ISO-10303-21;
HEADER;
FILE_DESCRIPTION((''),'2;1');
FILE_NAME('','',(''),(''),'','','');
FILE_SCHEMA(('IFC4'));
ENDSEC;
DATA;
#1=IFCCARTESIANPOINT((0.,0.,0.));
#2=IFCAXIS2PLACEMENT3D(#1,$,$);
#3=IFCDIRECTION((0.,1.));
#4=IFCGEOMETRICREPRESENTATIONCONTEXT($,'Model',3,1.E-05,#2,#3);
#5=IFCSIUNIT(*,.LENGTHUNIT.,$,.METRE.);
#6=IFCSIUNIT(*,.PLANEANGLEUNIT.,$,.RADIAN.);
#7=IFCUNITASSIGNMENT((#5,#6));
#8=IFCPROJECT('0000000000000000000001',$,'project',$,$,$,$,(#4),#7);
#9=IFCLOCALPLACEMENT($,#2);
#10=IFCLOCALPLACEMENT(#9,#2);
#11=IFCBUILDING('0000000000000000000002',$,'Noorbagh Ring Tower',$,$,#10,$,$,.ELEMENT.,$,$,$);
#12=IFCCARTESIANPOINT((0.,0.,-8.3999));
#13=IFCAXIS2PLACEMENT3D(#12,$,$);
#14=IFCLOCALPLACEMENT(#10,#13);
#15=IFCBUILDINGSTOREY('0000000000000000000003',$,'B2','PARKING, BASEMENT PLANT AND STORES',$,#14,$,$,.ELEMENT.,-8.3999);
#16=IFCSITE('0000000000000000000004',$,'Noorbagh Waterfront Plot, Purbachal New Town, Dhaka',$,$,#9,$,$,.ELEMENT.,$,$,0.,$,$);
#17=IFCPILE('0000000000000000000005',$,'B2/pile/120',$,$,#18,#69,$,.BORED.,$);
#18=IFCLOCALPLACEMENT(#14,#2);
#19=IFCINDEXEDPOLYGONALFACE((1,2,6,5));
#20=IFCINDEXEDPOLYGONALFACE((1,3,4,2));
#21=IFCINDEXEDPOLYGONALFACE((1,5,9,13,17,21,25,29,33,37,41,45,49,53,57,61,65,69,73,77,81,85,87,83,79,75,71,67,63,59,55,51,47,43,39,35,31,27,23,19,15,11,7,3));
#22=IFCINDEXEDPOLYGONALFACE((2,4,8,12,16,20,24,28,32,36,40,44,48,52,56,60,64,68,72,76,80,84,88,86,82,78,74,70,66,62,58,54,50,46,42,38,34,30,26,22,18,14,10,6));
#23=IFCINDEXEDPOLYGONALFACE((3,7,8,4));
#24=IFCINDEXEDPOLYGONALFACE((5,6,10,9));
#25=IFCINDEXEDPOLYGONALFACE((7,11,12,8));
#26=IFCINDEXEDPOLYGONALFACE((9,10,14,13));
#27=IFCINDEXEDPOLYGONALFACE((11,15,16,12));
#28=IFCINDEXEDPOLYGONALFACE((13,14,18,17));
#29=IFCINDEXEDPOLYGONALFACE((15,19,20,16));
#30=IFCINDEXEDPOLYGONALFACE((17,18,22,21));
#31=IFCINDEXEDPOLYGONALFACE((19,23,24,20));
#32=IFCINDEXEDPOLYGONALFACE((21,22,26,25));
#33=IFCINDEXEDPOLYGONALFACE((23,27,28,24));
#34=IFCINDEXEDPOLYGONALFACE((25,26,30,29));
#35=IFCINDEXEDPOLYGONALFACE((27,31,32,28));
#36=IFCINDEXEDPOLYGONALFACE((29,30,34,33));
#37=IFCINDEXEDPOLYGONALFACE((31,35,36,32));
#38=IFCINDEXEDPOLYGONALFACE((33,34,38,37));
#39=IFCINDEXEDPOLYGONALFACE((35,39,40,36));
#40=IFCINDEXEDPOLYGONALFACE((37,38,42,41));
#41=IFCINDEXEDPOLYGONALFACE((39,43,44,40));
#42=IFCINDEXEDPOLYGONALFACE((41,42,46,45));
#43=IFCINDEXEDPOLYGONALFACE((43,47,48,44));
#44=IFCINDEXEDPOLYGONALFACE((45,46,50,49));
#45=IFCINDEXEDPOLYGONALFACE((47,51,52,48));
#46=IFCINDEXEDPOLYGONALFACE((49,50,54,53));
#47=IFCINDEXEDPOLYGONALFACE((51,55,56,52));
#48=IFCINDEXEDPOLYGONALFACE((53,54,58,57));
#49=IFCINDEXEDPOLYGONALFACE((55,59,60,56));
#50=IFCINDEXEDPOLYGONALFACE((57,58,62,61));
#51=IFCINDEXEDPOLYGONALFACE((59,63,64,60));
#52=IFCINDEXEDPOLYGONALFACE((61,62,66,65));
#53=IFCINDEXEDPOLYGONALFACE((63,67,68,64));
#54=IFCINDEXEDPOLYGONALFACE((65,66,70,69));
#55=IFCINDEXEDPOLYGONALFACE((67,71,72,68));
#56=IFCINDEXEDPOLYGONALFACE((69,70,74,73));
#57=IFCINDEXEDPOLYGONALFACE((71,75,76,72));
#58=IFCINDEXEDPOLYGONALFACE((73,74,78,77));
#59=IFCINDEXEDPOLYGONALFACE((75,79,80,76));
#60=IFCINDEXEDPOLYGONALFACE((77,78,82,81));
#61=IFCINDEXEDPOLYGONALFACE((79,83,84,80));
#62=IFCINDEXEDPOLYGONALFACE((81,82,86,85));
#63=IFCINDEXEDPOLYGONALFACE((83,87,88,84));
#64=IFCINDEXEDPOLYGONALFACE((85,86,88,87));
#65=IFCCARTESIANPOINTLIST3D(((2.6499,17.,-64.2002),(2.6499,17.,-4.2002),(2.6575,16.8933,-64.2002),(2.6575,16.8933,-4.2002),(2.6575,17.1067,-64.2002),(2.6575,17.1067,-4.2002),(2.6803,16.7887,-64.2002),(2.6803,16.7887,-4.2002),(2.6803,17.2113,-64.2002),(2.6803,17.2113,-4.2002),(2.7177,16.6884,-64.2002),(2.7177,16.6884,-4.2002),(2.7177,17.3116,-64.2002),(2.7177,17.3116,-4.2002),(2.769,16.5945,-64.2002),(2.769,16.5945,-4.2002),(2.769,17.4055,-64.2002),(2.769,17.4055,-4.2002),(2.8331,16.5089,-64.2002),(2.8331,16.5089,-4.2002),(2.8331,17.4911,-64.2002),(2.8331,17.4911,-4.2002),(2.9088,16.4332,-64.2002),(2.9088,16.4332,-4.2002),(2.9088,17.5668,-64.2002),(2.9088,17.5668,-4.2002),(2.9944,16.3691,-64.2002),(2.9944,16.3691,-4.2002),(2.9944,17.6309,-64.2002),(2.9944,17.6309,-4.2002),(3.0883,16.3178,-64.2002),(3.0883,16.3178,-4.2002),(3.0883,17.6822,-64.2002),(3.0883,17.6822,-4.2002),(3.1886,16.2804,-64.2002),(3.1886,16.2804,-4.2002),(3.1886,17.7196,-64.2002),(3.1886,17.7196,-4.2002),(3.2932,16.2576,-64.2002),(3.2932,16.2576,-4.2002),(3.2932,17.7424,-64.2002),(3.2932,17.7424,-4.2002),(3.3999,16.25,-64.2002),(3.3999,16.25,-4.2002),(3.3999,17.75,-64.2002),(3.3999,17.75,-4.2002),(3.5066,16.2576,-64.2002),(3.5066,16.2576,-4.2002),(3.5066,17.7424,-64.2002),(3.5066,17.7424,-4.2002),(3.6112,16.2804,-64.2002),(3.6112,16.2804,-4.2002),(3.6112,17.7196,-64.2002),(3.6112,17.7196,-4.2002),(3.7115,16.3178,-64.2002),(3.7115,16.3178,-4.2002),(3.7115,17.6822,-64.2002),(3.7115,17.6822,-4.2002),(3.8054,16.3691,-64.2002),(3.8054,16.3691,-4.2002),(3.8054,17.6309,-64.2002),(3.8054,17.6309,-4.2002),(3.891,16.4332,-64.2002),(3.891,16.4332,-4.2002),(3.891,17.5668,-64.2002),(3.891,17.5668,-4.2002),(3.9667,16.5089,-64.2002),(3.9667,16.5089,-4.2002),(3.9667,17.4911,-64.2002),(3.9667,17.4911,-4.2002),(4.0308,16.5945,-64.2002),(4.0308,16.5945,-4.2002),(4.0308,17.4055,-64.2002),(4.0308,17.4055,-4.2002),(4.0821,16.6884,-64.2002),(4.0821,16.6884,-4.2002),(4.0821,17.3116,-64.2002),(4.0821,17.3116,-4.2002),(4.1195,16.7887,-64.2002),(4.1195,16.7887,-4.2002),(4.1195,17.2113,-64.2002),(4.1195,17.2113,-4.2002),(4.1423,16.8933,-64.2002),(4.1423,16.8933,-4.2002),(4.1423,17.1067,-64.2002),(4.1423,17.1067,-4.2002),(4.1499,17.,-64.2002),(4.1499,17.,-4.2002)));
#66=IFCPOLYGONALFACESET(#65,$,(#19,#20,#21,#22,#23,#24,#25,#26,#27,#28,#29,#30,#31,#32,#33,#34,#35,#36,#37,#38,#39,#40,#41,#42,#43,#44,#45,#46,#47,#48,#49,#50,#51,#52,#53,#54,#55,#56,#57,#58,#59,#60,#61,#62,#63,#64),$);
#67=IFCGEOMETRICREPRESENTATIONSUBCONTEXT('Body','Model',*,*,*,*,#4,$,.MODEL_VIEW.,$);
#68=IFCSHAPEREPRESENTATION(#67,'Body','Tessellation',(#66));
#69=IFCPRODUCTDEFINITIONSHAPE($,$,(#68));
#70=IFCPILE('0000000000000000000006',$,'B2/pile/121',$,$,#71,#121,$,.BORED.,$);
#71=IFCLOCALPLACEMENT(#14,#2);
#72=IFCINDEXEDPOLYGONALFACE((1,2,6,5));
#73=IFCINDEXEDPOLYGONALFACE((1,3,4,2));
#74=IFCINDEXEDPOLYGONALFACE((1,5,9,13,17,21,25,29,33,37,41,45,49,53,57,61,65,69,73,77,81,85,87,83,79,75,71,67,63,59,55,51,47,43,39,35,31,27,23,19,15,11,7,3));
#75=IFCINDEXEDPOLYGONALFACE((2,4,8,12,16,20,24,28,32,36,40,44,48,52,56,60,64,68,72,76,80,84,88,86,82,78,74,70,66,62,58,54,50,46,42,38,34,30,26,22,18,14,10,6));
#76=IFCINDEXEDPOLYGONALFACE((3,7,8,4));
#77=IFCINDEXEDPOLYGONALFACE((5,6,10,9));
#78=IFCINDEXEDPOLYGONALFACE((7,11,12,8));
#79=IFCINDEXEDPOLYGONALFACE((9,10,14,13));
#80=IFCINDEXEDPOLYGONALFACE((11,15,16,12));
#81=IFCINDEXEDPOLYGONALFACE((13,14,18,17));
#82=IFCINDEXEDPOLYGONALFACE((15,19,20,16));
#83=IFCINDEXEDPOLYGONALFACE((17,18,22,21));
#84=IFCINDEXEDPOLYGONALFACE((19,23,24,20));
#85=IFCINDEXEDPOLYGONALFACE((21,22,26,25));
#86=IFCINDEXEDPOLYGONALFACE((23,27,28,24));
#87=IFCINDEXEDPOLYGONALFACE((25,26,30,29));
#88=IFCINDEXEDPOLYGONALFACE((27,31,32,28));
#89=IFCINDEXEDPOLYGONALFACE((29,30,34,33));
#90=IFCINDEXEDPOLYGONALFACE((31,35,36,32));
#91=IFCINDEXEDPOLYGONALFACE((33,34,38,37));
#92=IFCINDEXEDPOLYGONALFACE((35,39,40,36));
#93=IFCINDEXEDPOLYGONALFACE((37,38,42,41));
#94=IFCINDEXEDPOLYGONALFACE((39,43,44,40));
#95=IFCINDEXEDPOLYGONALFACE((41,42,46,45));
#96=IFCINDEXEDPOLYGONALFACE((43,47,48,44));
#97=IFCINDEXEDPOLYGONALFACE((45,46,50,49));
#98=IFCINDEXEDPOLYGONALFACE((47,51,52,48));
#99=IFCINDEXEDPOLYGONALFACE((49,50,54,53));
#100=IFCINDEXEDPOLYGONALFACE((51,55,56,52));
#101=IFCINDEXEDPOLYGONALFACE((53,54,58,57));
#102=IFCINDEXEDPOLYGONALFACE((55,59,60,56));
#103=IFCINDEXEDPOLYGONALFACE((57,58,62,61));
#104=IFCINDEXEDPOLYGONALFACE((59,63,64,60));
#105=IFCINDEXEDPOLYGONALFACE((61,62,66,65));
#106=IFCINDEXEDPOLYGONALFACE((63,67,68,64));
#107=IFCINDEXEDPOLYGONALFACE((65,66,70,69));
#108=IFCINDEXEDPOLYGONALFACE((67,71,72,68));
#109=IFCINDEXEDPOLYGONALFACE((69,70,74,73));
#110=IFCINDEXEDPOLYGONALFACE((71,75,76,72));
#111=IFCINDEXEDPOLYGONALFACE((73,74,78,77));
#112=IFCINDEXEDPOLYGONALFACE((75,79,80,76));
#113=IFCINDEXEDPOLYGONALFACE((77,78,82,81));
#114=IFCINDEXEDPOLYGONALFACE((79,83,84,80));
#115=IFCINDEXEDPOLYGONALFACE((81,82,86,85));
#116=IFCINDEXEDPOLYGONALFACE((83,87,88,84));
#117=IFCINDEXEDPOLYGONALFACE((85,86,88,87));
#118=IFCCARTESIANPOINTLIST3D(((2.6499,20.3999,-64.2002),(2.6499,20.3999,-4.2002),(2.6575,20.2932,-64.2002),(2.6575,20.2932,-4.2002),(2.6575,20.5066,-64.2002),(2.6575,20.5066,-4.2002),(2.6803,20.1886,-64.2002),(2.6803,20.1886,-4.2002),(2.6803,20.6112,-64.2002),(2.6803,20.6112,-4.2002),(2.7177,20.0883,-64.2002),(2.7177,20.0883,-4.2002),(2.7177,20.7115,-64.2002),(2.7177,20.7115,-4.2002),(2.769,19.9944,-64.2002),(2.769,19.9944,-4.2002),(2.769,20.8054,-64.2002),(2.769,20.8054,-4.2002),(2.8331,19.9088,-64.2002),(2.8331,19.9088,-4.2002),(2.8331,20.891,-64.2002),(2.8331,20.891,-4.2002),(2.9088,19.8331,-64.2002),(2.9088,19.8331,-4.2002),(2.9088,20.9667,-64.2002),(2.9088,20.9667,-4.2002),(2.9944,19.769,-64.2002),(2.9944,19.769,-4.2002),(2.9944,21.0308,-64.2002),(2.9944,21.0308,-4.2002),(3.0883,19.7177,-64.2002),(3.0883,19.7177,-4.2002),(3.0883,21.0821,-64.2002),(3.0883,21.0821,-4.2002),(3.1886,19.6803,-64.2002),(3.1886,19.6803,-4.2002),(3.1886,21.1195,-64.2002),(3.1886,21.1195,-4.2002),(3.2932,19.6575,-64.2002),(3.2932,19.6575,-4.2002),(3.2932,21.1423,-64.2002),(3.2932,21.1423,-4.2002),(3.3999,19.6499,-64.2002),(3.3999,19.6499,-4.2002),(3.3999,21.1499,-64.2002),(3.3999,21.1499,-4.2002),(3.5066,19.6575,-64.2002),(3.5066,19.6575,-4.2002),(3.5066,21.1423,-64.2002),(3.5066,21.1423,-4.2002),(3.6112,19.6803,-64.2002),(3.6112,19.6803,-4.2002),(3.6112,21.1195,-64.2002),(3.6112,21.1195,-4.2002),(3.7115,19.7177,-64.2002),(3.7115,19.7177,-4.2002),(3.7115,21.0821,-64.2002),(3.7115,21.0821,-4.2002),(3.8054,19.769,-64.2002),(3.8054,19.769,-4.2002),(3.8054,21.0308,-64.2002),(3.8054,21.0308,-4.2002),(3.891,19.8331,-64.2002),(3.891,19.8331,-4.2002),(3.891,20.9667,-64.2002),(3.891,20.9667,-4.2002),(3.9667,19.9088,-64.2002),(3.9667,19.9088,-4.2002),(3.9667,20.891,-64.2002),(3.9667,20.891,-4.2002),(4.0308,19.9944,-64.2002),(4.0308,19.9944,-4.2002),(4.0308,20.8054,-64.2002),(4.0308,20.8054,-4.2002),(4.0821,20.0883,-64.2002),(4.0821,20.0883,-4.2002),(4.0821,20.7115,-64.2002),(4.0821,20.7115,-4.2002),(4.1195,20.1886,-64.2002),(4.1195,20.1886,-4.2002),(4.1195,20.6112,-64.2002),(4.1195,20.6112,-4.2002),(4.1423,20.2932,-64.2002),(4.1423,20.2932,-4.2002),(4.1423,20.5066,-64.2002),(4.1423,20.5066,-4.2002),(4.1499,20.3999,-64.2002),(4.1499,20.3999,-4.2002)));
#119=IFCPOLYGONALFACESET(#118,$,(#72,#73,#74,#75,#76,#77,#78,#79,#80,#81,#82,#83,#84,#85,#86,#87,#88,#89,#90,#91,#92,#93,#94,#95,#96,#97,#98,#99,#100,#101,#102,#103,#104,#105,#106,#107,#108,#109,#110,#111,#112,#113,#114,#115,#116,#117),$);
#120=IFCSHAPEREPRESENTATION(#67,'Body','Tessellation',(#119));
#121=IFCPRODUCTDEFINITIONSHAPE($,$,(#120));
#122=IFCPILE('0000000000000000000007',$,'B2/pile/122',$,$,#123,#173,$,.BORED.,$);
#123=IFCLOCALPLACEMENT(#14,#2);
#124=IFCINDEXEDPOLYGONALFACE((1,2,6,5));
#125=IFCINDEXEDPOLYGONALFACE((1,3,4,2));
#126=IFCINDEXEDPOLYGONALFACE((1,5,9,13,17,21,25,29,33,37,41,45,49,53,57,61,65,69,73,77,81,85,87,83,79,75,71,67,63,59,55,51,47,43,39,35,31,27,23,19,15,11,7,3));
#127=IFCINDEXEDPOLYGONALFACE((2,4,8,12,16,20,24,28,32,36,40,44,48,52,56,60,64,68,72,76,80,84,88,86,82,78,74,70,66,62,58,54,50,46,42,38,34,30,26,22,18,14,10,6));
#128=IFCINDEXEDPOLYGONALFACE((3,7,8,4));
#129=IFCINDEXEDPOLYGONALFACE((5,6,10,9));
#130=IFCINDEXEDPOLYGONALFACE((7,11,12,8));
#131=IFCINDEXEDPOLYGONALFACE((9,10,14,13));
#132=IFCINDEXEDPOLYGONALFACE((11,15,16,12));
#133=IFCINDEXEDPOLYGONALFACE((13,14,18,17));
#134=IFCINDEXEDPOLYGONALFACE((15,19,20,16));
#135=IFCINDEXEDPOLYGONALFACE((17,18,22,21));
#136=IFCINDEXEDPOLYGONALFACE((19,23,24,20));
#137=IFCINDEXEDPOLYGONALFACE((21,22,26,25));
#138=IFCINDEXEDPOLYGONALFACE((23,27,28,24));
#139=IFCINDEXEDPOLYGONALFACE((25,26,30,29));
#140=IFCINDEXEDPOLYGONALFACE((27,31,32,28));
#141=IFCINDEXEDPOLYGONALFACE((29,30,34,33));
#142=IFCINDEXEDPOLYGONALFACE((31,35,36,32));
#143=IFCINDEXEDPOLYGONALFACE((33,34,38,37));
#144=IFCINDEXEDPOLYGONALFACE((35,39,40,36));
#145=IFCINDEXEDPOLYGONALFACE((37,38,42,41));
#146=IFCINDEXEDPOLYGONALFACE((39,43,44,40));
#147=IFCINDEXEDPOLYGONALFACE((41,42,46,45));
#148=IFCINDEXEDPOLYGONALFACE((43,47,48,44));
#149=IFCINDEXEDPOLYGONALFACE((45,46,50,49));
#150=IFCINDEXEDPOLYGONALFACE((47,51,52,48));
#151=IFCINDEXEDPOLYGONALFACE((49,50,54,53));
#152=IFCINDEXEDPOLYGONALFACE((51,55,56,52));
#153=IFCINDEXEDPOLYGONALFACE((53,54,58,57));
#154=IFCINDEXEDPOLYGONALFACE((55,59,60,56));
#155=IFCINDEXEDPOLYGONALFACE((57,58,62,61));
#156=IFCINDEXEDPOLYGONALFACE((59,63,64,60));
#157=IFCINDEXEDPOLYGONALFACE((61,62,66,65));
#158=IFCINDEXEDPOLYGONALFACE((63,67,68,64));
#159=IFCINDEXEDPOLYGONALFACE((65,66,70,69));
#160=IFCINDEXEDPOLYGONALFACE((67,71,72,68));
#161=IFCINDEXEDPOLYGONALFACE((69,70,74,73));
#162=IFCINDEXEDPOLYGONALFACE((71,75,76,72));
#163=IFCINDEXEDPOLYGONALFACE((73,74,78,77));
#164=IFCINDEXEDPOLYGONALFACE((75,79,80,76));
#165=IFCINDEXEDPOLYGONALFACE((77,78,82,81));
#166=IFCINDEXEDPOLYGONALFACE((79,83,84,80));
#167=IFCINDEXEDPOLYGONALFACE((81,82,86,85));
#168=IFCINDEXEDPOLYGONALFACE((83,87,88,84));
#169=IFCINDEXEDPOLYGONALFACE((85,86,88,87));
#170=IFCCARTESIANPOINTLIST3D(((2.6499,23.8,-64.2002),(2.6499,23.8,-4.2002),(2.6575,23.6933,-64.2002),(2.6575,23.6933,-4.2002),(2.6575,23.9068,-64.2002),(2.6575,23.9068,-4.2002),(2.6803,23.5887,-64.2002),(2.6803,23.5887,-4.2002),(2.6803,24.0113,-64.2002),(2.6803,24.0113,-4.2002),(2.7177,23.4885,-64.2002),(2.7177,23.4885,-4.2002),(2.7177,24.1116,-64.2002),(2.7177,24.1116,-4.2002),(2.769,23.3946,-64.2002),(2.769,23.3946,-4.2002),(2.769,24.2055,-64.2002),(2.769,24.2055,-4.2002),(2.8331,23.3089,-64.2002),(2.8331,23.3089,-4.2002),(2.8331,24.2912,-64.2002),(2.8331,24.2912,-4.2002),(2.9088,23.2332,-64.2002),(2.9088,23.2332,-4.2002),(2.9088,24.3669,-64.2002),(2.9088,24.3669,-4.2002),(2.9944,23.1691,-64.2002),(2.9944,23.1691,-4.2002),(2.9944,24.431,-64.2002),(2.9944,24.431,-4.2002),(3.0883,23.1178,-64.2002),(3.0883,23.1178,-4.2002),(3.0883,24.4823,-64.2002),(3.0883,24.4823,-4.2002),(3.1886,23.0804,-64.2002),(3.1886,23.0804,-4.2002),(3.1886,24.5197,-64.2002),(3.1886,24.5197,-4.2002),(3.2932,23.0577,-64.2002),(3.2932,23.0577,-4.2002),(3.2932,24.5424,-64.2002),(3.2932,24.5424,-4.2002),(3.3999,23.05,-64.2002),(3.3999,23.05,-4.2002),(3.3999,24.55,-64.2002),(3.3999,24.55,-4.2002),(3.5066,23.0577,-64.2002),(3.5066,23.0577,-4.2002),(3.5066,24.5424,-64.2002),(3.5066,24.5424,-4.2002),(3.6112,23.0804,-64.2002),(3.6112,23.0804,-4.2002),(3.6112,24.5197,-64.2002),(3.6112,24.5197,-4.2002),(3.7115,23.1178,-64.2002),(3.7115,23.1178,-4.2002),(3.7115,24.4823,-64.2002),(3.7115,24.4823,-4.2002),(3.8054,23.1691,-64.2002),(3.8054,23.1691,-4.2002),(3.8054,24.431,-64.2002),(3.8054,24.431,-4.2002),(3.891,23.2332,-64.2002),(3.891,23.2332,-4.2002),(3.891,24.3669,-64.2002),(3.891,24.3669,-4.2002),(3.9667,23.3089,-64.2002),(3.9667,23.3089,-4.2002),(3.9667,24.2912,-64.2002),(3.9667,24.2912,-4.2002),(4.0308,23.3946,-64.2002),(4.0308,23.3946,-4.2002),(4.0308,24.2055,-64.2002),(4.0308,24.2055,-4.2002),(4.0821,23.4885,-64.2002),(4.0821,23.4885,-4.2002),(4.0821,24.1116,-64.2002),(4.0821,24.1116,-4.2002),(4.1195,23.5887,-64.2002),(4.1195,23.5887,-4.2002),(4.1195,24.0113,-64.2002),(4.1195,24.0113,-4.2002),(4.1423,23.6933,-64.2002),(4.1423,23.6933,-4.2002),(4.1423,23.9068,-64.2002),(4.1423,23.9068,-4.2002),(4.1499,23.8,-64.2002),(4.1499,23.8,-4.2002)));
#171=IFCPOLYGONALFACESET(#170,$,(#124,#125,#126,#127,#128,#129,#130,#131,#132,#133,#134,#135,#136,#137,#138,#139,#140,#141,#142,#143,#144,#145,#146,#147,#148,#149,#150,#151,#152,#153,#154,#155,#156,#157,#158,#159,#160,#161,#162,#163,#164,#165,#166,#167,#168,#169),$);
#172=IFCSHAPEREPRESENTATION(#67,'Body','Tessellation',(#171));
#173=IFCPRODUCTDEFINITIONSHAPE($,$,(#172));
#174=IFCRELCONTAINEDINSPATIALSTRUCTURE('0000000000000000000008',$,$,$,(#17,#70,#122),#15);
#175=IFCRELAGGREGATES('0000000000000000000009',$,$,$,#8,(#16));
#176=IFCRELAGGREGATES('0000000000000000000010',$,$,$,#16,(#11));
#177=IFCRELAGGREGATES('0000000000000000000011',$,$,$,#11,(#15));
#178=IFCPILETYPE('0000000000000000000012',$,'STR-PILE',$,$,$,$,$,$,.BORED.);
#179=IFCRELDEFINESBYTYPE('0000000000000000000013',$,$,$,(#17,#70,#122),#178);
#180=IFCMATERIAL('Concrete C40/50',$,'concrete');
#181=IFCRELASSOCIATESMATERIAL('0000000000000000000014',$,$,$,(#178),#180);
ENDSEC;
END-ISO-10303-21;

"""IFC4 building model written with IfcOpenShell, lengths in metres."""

from ifc_helpers import new_model, si_unit, direction, frame, origin, origin_2d, place, context, subcontext, project, spatial, circle, extrude, material, material_profile, profile_set, type_object, element, save


model = new_model("IFC4")

# Units and contexts
model_context = context("Model", 3, precision=1e-05, world=origin(), true_north=direction((0.0, 1.0)))
body_context = subcontext(model_context, "Body", "Model", "MODEL_VIEW")
ifc_project = project(units=[si_unit("LENGTHUNIT", "METRE"), si_unit("PLANEANGLEUNIT", "RADIAN")], contexts=[model_context])

# Site, building, storey
site_placement = place(None, origin())
site = spatial("IfcSite", under=ifc_project, at=site_placement, Name="Noorbagh Waterfront Plot, Purbachal New Town, Dhaka", CompositionType="ELEMENT", RefElevation=0.0)
building_placement = place(site_placement, origin())
building = spatial("IfcBuilding", under=site, at=building_placement, Name="Noorbagh Ring Tower", CompositionType="ELEMENT")
storey_placement = place(building_placement, frame((0.0, 0.0, -8.3999)))
storey = spatial("IfcBuildingStorey", under=building, at=storey_placement, Name="B2", Description="PARKING, BASEMENT PLANT AND STORES", CompositionType="ELEMENT", Elevation=-8.3999)

# Piles
ifc_material_1 = material(Name="Concrete C40/50", Category="concrete")
ifc_material_profile_1 = material_profile(ifc_material_1, circle(Radius=0.75, at=origin_2d()), Name="PILE1500")
ifc_profile_set_1 = profile_set([ifc_material_profile_1], Name="Concrete C40/50")
pile_type = type_object("IfcPileType", Name="STR-PILE", PredefinedType="BORED", material=ifc_profile_set_1)
for number, where, z_axis, x_axis, name in (
    (1, (3.3999, 17.0, -4.2002), (0.0, 0.0, -1.0), (1.0, 0.0, 0.0), "B2/pile/120"),
    (2, (3.3999, 20.3999, -4.2002), (0.0, 0.0, -1.0), (1.0, 0.0, 0.0), "B2/pile/121"),
    (3, (3.3999, 23.8, -4.2002), (0.0, 0.0, -1.0), (1.0, 0.0, 0.0), "B2/pile/122"),
):
    element("IfcPile", number, at=place(storey_placement, frame(where, z_axis=z_axis, x_axis=x_axis)), inside=storey, type_object=pile_type, Name=name, PredefinedType="BORED", context=body_context, shape_type="SweptSolid", body=[
        extrude(circle(Radius=0.75, at=origin_2d()), origin(), (0.0, 0.0, 1.0), 60.0),
    ])

save(model, "model.ifc")
